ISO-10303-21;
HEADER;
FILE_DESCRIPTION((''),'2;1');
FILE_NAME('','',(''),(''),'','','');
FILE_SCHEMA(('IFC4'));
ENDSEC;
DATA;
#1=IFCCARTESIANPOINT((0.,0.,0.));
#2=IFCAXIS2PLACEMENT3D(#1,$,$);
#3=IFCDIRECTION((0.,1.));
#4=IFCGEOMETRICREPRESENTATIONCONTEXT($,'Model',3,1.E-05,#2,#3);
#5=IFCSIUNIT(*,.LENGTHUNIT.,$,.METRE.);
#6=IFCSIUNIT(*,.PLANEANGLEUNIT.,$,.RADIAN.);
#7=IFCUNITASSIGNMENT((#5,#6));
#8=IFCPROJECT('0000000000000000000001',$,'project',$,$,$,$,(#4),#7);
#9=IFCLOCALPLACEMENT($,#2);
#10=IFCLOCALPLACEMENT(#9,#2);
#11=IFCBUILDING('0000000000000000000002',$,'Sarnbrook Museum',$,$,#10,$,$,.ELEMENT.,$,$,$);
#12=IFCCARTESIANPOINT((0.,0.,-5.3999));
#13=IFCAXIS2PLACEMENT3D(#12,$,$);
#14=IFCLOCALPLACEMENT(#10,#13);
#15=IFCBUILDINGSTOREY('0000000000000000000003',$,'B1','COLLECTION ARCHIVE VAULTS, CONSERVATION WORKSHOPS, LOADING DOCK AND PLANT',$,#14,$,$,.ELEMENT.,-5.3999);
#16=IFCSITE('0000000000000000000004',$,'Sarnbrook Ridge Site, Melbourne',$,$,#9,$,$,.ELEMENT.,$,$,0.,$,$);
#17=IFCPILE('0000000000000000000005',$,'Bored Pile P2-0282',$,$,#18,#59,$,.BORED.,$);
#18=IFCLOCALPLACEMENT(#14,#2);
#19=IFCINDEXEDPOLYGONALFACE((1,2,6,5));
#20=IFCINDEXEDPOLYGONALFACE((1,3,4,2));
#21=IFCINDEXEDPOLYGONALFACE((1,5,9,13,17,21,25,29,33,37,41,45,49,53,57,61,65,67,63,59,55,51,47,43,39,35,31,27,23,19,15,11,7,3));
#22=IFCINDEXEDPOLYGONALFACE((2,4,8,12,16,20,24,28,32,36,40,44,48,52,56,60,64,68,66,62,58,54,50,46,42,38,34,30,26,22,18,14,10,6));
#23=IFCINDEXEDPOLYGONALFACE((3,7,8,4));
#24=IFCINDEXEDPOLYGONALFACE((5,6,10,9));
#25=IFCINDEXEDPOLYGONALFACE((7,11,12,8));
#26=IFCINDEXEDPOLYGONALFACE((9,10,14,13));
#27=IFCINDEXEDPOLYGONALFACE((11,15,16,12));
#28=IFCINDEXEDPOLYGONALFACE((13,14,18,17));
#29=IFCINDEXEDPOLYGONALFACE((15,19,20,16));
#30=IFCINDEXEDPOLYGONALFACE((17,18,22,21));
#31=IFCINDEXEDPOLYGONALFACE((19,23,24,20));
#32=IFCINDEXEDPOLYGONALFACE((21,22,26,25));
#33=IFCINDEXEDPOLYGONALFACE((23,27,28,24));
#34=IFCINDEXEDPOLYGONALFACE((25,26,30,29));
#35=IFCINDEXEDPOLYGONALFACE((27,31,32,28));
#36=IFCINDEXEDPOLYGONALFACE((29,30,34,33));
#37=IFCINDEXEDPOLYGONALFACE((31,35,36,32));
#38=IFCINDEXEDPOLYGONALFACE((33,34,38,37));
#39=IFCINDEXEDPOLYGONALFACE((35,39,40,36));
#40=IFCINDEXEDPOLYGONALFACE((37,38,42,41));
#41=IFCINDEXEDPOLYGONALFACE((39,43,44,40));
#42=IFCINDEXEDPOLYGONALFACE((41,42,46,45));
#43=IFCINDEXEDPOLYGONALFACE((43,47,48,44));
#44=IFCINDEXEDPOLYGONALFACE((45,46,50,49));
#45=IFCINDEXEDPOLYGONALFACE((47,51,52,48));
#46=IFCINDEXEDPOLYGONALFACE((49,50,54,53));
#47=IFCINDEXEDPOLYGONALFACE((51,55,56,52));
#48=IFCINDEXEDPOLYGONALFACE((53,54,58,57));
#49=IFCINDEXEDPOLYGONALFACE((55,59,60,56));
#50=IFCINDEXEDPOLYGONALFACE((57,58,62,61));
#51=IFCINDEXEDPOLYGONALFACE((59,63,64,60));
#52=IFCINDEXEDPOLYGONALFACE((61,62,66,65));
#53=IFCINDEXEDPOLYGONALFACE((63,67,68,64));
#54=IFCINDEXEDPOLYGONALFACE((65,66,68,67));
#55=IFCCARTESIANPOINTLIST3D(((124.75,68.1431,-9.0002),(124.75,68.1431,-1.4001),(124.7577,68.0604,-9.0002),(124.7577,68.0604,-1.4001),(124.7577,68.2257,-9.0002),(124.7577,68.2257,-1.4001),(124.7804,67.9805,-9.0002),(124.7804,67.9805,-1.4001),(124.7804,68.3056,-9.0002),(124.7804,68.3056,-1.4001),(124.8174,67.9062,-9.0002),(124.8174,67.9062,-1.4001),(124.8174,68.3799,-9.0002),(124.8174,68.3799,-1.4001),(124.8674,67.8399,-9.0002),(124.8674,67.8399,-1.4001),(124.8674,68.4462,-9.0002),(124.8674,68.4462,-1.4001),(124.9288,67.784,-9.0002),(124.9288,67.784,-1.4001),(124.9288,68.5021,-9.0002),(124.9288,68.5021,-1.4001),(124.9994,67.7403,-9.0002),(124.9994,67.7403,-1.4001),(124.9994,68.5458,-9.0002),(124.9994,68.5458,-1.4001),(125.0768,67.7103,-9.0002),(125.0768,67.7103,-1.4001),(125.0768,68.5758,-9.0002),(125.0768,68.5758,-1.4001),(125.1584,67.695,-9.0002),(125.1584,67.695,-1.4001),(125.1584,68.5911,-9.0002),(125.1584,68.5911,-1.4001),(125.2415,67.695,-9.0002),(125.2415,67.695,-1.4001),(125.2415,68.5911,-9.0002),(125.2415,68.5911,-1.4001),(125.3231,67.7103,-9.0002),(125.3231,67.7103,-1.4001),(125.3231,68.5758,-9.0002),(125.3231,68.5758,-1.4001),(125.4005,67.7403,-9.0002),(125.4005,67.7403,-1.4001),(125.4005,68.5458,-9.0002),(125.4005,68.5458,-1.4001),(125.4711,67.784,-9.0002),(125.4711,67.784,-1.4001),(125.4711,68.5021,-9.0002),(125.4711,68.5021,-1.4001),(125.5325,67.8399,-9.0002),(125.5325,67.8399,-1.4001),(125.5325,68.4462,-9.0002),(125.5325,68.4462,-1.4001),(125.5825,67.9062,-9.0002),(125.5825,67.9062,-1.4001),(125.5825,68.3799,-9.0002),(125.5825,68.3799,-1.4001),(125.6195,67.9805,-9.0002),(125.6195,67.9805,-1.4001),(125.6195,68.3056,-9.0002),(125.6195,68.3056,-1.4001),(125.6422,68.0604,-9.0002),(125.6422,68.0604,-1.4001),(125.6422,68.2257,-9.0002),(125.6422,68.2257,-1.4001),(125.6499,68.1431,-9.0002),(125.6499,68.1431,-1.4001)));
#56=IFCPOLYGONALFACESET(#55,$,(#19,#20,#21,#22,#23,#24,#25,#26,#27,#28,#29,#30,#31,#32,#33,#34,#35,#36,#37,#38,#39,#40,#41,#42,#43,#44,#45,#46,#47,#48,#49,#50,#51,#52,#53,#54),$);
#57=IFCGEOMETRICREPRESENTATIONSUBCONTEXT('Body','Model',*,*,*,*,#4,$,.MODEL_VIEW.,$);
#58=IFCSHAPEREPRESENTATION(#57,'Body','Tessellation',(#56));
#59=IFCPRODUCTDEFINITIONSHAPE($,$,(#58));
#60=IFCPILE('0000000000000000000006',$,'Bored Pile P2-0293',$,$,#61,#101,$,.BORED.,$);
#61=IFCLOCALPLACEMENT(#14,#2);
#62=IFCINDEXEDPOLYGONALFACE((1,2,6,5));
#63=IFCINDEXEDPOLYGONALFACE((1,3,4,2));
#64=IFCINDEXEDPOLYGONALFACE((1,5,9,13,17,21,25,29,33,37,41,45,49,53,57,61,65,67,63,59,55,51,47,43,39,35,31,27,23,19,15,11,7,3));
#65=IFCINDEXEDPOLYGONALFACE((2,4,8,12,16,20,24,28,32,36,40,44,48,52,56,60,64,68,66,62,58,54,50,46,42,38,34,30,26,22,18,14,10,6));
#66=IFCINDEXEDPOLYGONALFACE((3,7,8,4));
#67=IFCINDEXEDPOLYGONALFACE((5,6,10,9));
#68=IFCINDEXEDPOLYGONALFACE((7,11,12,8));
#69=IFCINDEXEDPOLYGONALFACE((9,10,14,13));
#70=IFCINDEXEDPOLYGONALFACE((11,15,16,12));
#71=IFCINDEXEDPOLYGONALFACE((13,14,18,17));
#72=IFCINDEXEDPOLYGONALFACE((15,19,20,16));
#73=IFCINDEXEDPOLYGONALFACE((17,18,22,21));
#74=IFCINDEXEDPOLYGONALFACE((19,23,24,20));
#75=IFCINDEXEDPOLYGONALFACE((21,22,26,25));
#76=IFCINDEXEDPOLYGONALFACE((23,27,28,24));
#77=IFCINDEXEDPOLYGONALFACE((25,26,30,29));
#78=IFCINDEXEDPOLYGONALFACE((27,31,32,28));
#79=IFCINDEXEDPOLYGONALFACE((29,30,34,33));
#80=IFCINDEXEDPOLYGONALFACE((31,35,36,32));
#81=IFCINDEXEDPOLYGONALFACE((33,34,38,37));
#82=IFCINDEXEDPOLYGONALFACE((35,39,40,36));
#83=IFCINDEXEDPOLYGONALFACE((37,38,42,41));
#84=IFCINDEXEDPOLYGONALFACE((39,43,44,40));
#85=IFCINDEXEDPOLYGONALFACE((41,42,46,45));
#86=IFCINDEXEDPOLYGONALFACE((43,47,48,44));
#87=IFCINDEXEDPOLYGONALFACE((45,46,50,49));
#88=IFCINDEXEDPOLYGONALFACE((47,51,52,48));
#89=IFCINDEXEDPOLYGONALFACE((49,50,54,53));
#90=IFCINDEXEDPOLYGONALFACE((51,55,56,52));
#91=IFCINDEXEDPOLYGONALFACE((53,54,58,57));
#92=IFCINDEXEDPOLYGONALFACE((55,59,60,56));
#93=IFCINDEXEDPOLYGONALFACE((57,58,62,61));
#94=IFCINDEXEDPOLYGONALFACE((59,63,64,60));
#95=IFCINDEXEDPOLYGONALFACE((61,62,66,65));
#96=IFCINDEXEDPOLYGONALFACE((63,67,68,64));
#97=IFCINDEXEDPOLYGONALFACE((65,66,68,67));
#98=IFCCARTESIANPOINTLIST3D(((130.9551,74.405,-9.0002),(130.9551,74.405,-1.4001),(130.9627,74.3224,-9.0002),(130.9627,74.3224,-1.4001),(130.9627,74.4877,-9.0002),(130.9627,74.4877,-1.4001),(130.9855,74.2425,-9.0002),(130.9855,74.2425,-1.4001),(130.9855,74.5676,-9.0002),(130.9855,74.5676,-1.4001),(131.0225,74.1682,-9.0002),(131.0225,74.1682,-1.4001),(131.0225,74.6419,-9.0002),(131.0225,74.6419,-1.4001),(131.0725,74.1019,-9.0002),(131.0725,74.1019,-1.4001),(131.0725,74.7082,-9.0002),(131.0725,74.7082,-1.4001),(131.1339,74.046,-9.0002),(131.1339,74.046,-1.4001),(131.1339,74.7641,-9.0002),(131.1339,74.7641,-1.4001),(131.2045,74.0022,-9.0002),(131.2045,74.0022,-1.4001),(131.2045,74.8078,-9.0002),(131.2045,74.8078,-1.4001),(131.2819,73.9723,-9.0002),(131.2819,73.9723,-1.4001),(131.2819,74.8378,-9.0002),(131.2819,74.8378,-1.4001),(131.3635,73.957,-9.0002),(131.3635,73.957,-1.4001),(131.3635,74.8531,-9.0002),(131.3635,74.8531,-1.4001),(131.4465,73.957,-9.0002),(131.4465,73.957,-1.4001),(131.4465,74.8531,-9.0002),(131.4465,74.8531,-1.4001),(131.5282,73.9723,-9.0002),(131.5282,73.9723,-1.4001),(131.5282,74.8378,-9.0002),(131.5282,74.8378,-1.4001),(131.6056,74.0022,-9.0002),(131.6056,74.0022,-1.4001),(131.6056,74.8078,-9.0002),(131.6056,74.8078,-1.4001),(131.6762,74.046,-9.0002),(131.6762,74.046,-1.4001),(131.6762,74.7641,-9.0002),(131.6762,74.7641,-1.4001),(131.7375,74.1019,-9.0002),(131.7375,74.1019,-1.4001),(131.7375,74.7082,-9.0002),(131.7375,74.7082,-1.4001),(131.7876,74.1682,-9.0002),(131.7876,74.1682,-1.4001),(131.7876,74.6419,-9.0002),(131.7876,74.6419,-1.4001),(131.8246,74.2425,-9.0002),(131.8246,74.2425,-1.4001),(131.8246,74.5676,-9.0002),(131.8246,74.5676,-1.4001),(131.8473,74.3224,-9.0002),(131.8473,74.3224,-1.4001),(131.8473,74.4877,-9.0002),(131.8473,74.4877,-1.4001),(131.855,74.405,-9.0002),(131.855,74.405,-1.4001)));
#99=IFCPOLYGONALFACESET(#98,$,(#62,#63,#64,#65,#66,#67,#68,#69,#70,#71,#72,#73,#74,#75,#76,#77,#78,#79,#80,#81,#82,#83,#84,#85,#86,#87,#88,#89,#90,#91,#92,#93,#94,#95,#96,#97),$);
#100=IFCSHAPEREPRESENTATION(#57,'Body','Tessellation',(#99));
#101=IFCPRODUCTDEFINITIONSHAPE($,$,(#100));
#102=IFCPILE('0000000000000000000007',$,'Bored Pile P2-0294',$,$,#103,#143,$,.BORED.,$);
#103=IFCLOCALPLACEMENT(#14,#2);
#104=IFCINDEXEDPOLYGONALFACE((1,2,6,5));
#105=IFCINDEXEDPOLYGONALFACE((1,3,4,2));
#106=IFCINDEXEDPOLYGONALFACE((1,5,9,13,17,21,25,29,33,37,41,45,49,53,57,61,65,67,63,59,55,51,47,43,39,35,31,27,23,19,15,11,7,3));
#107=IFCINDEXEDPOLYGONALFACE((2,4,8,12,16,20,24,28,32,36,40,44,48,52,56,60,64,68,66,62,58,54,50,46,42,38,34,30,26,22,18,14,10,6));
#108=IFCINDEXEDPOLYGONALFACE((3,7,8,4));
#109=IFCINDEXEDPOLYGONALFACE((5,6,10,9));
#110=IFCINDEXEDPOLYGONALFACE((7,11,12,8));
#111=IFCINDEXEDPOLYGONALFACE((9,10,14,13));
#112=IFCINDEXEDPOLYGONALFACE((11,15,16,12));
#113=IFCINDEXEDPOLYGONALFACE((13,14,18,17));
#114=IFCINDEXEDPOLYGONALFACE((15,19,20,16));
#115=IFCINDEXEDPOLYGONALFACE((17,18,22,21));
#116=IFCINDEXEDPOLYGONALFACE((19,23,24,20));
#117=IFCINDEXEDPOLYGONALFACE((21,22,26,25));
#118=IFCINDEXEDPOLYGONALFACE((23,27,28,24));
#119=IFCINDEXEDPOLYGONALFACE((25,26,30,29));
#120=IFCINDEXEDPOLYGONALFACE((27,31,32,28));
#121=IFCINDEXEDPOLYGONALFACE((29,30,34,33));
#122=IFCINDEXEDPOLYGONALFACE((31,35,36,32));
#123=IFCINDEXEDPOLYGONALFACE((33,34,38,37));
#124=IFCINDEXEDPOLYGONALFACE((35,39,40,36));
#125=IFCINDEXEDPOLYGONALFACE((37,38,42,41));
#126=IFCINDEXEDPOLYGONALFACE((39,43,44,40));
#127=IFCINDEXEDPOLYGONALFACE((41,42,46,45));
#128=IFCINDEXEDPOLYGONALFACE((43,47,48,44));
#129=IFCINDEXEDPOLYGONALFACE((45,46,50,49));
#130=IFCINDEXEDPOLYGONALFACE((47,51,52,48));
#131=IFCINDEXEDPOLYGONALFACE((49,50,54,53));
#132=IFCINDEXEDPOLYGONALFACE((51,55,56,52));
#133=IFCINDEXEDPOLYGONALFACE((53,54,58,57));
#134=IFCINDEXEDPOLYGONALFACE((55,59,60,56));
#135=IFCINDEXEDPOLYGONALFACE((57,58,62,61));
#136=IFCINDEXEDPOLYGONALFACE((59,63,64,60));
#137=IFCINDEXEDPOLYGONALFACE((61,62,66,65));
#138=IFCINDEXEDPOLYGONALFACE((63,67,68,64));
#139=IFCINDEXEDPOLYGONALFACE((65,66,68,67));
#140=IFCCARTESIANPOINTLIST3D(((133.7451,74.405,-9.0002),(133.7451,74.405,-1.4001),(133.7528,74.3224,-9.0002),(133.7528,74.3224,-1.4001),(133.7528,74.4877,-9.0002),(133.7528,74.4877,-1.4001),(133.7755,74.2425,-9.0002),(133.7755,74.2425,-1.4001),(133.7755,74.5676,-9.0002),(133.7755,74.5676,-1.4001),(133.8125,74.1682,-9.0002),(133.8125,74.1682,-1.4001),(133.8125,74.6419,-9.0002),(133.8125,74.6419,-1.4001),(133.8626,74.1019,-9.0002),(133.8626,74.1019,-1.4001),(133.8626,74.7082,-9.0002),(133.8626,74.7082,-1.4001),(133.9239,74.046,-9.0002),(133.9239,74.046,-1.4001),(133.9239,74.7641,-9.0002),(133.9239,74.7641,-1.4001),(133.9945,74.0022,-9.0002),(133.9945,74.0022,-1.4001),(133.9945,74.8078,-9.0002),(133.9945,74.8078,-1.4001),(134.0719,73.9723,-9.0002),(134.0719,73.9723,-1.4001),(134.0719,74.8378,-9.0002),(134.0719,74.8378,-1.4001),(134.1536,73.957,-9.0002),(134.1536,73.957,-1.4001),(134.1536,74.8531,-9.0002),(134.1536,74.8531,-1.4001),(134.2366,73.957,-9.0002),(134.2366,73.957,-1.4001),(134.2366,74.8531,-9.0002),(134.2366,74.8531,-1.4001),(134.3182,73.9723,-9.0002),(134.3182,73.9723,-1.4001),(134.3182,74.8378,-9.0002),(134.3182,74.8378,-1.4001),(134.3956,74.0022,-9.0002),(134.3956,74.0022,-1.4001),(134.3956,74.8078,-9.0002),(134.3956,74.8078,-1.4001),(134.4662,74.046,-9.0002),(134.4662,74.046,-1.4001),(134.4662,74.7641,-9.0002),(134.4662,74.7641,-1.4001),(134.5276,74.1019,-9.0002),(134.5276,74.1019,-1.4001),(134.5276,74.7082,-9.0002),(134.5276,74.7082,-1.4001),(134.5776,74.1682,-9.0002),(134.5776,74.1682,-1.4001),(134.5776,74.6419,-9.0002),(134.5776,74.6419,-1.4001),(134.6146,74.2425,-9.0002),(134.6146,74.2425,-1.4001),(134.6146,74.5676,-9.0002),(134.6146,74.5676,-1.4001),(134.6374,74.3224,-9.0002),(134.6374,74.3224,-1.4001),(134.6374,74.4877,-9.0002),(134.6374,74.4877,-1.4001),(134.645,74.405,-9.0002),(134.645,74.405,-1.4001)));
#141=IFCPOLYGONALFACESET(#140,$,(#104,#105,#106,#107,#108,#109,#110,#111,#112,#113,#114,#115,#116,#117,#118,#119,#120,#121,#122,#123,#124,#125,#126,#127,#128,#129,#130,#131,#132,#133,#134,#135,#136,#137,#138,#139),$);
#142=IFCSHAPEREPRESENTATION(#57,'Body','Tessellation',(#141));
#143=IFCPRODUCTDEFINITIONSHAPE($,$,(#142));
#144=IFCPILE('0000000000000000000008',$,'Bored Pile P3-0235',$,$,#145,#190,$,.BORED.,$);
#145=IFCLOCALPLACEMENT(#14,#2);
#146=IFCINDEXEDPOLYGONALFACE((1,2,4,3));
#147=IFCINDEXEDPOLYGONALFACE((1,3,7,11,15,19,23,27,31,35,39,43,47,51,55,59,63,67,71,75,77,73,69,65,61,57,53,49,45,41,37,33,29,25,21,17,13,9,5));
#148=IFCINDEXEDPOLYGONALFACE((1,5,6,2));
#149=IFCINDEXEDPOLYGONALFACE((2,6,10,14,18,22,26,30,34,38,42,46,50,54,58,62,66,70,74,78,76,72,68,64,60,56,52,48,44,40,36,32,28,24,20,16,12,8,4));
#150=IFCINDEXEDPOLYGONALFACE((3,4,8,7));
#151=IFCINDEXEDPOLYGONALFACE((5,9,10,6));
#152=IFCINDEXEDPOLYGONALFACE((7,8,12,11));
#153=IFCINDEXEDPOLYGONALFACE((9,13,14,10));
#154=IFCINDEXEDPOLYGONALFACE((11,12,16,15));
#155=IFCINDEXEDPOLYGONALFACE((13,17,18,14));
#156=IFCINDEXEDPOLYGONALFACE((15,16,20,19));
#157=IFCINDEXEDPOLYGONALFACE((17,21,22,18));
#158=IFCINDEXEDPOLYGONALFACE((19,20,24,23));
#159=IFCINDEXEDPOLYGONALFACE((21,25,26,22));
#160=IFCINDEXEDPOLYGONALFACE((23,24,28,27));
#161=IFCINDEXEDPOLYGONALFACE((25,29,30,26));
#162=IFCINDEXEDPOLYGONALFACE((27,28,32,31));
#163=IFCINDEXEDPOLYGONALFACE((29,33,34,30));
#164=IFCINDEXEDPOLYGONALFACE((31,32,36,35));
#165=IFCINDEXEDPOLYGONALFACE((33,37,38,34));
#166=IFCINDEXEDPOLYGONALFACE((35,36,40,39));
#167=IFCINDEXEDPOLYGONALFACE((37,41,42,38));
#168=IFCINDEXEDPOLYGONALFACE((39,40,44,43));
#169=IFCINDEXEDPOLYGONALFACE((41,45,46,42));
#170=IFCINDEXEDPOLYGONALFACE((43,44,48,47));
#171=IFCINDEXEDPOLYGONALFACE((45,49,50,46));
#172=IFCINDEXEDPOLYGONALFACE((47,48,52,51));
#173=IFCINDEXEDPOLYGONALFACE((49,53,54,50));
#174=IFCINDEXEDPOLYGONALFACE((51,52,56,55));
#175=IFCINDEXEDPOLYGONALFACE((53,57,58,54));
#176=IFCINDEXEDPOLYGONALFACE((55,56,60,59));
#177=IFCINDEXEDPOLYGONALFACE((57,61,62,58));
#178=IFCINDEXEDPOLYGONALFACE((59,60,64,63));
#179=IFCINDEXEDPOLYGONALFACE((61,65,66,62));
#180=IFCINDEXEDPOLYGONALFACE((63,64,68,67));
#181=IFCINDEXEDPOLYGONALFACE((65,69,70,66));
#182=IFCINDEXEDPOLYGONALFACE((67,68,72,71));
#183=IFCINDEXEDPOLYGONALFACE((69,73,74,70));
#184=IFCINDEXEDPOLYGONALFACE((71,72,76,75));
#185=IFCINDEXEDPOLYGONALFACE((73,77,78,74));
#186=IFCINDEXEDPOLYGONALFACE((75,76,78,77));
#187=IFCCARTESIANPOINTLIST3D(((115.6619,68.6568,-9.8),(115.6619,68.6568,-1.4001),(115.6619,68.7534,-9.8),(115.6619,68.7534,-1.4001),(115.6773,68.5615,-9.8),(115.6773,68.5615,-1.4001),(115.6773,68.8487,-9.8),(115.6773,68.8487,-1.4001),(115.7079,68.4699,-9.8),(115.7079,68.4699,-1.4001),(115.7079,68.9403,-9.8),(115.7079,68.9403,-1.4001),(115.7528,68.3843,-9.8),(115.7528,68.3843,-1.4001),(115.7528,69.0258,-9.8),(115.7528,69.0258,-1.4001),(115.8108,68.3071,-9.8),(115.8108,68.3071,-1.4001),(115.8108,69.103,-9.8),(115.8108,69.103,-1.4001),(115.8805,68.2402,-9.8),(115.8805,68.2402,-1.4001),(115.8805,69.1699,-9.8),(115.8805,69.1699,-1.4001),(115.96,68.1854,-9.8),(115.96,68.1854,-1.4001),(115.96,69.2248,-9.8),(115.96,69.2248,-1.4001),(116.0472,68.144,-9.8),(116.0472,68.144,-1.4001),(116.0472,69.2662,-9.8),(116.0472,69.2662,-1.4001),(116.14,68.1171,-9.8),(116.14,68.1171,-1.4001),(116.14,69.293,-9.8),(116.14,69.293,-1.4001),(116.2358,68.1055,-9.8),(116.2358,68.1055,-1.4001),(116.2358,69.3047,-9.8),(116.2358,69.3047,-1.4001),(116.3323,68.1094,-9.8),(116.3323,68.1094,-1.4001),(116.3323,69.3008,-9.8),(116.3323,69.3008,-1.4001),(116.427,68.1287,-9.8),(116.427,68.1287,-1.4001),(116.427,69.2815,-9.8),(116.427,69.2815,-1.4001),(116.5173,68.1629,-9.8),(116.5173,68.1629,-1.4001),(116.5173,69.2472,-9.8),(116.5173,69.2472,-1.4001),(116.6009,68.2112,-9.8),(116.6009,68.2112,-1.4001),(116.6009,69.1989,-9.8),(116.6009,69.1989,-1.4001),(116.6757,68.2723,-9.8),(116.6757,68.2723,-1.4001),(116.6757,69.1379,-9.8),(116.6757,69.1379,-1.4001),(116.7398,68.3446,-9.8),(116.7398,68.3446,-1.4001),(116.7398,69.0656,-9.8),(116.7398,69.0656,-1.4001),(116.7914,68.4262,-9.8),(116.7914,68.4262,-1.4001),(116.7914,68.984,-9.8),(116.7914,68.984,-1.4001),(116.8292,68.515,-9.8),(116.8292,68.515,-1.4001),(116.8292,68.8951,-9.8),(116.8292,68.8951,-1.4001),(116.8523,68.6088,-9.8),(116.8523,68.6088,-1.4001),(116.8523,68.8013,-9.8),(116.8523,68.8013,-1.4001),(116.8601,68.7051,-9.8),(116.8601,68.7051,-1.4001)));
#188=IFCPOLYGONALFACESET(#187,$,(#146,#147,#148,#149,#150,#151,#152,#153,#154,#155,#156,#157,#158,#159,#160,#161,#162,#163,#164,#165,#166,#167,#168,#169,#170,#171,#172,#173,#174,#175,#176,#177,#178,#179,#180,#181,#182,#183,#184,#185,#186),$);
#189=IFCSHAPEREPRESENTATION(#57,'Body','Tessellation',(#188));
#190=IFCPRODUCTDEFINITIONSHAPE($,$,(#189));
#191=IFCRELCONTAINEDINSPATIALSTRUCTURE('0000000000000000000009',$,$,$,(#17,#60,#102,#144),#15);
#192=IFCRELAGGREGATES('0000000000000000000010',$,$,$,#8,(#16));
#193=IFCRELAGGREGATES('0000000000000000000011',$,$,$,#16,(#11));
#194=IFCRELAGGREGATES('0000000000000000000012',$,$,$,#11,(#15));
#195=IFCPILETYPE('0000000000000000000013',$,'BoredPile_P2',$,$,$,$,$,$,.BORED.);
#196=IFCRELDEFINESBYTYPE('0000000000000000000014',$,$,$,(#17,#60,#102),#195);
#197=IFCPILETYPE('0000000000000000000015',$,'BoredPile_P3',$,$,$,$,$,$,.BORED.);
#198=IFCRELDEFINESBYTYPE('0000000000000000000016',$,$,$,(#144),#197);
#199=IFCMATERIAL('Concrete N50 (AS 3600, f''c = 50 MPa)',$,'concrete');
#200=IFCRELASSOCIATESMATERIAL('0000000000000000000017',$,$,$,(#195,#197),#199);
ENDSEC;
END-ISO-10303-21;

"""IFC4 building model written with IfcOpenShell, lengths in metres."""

from ifc_helpers import new_model, si_unit, direction, frame, origin, origin_2d, place, context, subcontext, project, spatial, circle, extrude, material, material_profile, profile_set, type_object, element, save


model = new_model("IFC4")

# Units and contexts
model_context = context("Model", 3, precision=1e-05, world=origin(), true_north=direction((0.0, 1.0)))
body_context = subcontext(model_context, "Body", "Model", "MODEL_VIEW")
ifc_project = project(units=[si_unit("LENGTHUNIT", "METRE"), si_unit("PLANEANGLEUNIT", "RADIAN")], contexts=[model_context])

# Site, building, storey
site_placement = place(None, origin())
site = spatial("IfcSite", under=ifc_project, at=site_placement, Name="Sarnbrook Ridge Site, Melbourne", CompositionType="ELEMENT", RefElevation=0.0)
building_placement = place(site_placement, origin())
building = spatial("IfcBuilding", under=site, at=building_placement, Name="Sarnbrook Museum", CompositionType="ELEMENT")
storey_placement = place(building_placement, frame((0.0, 0.0, -5.3999)))
storey = spatial("IfcBuildingStorey", under=building, at=storey_placement, Name="B1", Description="COLLECTION ARCHIVE VAULTS, CONSERVATION WORKSHOPS, LOADING DOCK AND PLANT", CompositionType="ELEMENT", Elevation=-5.3999)

# Piles
ifc_material_1 = material(Name="Concrete N50 (AS 3600, f'c = 50 MPa)", Category="concrete")
ifc_material_profile_1 = material_profile(ifc_material_1, circle(Radius=0.45, at=origin_2d()), Name="BORED PILE D900")
ifc_profile_set_1 = profile_set([ifc_material_profile_1], Name="Concrete N50 (AS 3600, f'c = 50 MPa)")
pile_type_1 = type_object("IfcPileType", Name="BoredPile_P2", PredefinedType="BORED", material=ifc_profile_set_1)
for number, where, z_axis, x_axis, name in (
    (1, (125.2, 68.1431, -1.4001), (0.0, 0.0, -1.0), (1.0, 0.0, 0.0), "Bored Pile P2-0282"),
    (2, (131.405, 74.405, -1.4001), (0.0, 0.0, -1.0), (1.0, 0.0, 0.0), "Bored Pile P2-0293"),
    (3, (134.1951, 74.405, -1.4001), (0.0, 0.0, -1.0), (1.0, 0.0, 0.0), "Bored Pile P2-0294"),
):
    element("IfcPile", number, at=place(storey_placement, frame(where, z_axis=z_axis, x_axis=x_axis)), inside=storey, type_object=pile_type_1, Name=name, PredefinedType="BORED", context=body_context, shape_type="SweptSolid", body=[
        extrude(circle(Radius=0.45, at=origin_2d()), origin(), (0.0, 0.0, 1.0), 7.6001),
    ])
ifc_material_profile_2 = material_profile(ifc_material_1, circle(Radius=0.6001, at=origin_2d()), Name="BORED PILE D1200")
ifc_profile_set_2 = profile_set([ifc_material_profile_2], Name="Concrete N50 (AS 3600, f'c = 50 MPa)")
pile_type_2 = type_object("IfcPileType", Name="BoredPile_P3", PredefinedType="BORED", material=ifc_profile_set_2)
for number, where, z_axis, x_axis, name in (
    (4, (116.26, 68.7051, -1.4001), (0.0, 0.0, -1.0), (1.0, 0.0, 0.0), "Bored Pile P3-0235"),
):
    element("IfcPile", number, at=place(storey_placement, frame(where, z_axis=z_axis, x_axis=x_axis)), inside=storey, type_object=pile_type_2, Name=name, PredefinedType="BORED", context=body_context, shape_type="SweptSolid", body=[
        extrude(circle(Radius=0.6001, at=origin_2d()), origin(), (0.0, 0.0, 1.0), 8.3999),
    ])

save(model, "model.ifc")
